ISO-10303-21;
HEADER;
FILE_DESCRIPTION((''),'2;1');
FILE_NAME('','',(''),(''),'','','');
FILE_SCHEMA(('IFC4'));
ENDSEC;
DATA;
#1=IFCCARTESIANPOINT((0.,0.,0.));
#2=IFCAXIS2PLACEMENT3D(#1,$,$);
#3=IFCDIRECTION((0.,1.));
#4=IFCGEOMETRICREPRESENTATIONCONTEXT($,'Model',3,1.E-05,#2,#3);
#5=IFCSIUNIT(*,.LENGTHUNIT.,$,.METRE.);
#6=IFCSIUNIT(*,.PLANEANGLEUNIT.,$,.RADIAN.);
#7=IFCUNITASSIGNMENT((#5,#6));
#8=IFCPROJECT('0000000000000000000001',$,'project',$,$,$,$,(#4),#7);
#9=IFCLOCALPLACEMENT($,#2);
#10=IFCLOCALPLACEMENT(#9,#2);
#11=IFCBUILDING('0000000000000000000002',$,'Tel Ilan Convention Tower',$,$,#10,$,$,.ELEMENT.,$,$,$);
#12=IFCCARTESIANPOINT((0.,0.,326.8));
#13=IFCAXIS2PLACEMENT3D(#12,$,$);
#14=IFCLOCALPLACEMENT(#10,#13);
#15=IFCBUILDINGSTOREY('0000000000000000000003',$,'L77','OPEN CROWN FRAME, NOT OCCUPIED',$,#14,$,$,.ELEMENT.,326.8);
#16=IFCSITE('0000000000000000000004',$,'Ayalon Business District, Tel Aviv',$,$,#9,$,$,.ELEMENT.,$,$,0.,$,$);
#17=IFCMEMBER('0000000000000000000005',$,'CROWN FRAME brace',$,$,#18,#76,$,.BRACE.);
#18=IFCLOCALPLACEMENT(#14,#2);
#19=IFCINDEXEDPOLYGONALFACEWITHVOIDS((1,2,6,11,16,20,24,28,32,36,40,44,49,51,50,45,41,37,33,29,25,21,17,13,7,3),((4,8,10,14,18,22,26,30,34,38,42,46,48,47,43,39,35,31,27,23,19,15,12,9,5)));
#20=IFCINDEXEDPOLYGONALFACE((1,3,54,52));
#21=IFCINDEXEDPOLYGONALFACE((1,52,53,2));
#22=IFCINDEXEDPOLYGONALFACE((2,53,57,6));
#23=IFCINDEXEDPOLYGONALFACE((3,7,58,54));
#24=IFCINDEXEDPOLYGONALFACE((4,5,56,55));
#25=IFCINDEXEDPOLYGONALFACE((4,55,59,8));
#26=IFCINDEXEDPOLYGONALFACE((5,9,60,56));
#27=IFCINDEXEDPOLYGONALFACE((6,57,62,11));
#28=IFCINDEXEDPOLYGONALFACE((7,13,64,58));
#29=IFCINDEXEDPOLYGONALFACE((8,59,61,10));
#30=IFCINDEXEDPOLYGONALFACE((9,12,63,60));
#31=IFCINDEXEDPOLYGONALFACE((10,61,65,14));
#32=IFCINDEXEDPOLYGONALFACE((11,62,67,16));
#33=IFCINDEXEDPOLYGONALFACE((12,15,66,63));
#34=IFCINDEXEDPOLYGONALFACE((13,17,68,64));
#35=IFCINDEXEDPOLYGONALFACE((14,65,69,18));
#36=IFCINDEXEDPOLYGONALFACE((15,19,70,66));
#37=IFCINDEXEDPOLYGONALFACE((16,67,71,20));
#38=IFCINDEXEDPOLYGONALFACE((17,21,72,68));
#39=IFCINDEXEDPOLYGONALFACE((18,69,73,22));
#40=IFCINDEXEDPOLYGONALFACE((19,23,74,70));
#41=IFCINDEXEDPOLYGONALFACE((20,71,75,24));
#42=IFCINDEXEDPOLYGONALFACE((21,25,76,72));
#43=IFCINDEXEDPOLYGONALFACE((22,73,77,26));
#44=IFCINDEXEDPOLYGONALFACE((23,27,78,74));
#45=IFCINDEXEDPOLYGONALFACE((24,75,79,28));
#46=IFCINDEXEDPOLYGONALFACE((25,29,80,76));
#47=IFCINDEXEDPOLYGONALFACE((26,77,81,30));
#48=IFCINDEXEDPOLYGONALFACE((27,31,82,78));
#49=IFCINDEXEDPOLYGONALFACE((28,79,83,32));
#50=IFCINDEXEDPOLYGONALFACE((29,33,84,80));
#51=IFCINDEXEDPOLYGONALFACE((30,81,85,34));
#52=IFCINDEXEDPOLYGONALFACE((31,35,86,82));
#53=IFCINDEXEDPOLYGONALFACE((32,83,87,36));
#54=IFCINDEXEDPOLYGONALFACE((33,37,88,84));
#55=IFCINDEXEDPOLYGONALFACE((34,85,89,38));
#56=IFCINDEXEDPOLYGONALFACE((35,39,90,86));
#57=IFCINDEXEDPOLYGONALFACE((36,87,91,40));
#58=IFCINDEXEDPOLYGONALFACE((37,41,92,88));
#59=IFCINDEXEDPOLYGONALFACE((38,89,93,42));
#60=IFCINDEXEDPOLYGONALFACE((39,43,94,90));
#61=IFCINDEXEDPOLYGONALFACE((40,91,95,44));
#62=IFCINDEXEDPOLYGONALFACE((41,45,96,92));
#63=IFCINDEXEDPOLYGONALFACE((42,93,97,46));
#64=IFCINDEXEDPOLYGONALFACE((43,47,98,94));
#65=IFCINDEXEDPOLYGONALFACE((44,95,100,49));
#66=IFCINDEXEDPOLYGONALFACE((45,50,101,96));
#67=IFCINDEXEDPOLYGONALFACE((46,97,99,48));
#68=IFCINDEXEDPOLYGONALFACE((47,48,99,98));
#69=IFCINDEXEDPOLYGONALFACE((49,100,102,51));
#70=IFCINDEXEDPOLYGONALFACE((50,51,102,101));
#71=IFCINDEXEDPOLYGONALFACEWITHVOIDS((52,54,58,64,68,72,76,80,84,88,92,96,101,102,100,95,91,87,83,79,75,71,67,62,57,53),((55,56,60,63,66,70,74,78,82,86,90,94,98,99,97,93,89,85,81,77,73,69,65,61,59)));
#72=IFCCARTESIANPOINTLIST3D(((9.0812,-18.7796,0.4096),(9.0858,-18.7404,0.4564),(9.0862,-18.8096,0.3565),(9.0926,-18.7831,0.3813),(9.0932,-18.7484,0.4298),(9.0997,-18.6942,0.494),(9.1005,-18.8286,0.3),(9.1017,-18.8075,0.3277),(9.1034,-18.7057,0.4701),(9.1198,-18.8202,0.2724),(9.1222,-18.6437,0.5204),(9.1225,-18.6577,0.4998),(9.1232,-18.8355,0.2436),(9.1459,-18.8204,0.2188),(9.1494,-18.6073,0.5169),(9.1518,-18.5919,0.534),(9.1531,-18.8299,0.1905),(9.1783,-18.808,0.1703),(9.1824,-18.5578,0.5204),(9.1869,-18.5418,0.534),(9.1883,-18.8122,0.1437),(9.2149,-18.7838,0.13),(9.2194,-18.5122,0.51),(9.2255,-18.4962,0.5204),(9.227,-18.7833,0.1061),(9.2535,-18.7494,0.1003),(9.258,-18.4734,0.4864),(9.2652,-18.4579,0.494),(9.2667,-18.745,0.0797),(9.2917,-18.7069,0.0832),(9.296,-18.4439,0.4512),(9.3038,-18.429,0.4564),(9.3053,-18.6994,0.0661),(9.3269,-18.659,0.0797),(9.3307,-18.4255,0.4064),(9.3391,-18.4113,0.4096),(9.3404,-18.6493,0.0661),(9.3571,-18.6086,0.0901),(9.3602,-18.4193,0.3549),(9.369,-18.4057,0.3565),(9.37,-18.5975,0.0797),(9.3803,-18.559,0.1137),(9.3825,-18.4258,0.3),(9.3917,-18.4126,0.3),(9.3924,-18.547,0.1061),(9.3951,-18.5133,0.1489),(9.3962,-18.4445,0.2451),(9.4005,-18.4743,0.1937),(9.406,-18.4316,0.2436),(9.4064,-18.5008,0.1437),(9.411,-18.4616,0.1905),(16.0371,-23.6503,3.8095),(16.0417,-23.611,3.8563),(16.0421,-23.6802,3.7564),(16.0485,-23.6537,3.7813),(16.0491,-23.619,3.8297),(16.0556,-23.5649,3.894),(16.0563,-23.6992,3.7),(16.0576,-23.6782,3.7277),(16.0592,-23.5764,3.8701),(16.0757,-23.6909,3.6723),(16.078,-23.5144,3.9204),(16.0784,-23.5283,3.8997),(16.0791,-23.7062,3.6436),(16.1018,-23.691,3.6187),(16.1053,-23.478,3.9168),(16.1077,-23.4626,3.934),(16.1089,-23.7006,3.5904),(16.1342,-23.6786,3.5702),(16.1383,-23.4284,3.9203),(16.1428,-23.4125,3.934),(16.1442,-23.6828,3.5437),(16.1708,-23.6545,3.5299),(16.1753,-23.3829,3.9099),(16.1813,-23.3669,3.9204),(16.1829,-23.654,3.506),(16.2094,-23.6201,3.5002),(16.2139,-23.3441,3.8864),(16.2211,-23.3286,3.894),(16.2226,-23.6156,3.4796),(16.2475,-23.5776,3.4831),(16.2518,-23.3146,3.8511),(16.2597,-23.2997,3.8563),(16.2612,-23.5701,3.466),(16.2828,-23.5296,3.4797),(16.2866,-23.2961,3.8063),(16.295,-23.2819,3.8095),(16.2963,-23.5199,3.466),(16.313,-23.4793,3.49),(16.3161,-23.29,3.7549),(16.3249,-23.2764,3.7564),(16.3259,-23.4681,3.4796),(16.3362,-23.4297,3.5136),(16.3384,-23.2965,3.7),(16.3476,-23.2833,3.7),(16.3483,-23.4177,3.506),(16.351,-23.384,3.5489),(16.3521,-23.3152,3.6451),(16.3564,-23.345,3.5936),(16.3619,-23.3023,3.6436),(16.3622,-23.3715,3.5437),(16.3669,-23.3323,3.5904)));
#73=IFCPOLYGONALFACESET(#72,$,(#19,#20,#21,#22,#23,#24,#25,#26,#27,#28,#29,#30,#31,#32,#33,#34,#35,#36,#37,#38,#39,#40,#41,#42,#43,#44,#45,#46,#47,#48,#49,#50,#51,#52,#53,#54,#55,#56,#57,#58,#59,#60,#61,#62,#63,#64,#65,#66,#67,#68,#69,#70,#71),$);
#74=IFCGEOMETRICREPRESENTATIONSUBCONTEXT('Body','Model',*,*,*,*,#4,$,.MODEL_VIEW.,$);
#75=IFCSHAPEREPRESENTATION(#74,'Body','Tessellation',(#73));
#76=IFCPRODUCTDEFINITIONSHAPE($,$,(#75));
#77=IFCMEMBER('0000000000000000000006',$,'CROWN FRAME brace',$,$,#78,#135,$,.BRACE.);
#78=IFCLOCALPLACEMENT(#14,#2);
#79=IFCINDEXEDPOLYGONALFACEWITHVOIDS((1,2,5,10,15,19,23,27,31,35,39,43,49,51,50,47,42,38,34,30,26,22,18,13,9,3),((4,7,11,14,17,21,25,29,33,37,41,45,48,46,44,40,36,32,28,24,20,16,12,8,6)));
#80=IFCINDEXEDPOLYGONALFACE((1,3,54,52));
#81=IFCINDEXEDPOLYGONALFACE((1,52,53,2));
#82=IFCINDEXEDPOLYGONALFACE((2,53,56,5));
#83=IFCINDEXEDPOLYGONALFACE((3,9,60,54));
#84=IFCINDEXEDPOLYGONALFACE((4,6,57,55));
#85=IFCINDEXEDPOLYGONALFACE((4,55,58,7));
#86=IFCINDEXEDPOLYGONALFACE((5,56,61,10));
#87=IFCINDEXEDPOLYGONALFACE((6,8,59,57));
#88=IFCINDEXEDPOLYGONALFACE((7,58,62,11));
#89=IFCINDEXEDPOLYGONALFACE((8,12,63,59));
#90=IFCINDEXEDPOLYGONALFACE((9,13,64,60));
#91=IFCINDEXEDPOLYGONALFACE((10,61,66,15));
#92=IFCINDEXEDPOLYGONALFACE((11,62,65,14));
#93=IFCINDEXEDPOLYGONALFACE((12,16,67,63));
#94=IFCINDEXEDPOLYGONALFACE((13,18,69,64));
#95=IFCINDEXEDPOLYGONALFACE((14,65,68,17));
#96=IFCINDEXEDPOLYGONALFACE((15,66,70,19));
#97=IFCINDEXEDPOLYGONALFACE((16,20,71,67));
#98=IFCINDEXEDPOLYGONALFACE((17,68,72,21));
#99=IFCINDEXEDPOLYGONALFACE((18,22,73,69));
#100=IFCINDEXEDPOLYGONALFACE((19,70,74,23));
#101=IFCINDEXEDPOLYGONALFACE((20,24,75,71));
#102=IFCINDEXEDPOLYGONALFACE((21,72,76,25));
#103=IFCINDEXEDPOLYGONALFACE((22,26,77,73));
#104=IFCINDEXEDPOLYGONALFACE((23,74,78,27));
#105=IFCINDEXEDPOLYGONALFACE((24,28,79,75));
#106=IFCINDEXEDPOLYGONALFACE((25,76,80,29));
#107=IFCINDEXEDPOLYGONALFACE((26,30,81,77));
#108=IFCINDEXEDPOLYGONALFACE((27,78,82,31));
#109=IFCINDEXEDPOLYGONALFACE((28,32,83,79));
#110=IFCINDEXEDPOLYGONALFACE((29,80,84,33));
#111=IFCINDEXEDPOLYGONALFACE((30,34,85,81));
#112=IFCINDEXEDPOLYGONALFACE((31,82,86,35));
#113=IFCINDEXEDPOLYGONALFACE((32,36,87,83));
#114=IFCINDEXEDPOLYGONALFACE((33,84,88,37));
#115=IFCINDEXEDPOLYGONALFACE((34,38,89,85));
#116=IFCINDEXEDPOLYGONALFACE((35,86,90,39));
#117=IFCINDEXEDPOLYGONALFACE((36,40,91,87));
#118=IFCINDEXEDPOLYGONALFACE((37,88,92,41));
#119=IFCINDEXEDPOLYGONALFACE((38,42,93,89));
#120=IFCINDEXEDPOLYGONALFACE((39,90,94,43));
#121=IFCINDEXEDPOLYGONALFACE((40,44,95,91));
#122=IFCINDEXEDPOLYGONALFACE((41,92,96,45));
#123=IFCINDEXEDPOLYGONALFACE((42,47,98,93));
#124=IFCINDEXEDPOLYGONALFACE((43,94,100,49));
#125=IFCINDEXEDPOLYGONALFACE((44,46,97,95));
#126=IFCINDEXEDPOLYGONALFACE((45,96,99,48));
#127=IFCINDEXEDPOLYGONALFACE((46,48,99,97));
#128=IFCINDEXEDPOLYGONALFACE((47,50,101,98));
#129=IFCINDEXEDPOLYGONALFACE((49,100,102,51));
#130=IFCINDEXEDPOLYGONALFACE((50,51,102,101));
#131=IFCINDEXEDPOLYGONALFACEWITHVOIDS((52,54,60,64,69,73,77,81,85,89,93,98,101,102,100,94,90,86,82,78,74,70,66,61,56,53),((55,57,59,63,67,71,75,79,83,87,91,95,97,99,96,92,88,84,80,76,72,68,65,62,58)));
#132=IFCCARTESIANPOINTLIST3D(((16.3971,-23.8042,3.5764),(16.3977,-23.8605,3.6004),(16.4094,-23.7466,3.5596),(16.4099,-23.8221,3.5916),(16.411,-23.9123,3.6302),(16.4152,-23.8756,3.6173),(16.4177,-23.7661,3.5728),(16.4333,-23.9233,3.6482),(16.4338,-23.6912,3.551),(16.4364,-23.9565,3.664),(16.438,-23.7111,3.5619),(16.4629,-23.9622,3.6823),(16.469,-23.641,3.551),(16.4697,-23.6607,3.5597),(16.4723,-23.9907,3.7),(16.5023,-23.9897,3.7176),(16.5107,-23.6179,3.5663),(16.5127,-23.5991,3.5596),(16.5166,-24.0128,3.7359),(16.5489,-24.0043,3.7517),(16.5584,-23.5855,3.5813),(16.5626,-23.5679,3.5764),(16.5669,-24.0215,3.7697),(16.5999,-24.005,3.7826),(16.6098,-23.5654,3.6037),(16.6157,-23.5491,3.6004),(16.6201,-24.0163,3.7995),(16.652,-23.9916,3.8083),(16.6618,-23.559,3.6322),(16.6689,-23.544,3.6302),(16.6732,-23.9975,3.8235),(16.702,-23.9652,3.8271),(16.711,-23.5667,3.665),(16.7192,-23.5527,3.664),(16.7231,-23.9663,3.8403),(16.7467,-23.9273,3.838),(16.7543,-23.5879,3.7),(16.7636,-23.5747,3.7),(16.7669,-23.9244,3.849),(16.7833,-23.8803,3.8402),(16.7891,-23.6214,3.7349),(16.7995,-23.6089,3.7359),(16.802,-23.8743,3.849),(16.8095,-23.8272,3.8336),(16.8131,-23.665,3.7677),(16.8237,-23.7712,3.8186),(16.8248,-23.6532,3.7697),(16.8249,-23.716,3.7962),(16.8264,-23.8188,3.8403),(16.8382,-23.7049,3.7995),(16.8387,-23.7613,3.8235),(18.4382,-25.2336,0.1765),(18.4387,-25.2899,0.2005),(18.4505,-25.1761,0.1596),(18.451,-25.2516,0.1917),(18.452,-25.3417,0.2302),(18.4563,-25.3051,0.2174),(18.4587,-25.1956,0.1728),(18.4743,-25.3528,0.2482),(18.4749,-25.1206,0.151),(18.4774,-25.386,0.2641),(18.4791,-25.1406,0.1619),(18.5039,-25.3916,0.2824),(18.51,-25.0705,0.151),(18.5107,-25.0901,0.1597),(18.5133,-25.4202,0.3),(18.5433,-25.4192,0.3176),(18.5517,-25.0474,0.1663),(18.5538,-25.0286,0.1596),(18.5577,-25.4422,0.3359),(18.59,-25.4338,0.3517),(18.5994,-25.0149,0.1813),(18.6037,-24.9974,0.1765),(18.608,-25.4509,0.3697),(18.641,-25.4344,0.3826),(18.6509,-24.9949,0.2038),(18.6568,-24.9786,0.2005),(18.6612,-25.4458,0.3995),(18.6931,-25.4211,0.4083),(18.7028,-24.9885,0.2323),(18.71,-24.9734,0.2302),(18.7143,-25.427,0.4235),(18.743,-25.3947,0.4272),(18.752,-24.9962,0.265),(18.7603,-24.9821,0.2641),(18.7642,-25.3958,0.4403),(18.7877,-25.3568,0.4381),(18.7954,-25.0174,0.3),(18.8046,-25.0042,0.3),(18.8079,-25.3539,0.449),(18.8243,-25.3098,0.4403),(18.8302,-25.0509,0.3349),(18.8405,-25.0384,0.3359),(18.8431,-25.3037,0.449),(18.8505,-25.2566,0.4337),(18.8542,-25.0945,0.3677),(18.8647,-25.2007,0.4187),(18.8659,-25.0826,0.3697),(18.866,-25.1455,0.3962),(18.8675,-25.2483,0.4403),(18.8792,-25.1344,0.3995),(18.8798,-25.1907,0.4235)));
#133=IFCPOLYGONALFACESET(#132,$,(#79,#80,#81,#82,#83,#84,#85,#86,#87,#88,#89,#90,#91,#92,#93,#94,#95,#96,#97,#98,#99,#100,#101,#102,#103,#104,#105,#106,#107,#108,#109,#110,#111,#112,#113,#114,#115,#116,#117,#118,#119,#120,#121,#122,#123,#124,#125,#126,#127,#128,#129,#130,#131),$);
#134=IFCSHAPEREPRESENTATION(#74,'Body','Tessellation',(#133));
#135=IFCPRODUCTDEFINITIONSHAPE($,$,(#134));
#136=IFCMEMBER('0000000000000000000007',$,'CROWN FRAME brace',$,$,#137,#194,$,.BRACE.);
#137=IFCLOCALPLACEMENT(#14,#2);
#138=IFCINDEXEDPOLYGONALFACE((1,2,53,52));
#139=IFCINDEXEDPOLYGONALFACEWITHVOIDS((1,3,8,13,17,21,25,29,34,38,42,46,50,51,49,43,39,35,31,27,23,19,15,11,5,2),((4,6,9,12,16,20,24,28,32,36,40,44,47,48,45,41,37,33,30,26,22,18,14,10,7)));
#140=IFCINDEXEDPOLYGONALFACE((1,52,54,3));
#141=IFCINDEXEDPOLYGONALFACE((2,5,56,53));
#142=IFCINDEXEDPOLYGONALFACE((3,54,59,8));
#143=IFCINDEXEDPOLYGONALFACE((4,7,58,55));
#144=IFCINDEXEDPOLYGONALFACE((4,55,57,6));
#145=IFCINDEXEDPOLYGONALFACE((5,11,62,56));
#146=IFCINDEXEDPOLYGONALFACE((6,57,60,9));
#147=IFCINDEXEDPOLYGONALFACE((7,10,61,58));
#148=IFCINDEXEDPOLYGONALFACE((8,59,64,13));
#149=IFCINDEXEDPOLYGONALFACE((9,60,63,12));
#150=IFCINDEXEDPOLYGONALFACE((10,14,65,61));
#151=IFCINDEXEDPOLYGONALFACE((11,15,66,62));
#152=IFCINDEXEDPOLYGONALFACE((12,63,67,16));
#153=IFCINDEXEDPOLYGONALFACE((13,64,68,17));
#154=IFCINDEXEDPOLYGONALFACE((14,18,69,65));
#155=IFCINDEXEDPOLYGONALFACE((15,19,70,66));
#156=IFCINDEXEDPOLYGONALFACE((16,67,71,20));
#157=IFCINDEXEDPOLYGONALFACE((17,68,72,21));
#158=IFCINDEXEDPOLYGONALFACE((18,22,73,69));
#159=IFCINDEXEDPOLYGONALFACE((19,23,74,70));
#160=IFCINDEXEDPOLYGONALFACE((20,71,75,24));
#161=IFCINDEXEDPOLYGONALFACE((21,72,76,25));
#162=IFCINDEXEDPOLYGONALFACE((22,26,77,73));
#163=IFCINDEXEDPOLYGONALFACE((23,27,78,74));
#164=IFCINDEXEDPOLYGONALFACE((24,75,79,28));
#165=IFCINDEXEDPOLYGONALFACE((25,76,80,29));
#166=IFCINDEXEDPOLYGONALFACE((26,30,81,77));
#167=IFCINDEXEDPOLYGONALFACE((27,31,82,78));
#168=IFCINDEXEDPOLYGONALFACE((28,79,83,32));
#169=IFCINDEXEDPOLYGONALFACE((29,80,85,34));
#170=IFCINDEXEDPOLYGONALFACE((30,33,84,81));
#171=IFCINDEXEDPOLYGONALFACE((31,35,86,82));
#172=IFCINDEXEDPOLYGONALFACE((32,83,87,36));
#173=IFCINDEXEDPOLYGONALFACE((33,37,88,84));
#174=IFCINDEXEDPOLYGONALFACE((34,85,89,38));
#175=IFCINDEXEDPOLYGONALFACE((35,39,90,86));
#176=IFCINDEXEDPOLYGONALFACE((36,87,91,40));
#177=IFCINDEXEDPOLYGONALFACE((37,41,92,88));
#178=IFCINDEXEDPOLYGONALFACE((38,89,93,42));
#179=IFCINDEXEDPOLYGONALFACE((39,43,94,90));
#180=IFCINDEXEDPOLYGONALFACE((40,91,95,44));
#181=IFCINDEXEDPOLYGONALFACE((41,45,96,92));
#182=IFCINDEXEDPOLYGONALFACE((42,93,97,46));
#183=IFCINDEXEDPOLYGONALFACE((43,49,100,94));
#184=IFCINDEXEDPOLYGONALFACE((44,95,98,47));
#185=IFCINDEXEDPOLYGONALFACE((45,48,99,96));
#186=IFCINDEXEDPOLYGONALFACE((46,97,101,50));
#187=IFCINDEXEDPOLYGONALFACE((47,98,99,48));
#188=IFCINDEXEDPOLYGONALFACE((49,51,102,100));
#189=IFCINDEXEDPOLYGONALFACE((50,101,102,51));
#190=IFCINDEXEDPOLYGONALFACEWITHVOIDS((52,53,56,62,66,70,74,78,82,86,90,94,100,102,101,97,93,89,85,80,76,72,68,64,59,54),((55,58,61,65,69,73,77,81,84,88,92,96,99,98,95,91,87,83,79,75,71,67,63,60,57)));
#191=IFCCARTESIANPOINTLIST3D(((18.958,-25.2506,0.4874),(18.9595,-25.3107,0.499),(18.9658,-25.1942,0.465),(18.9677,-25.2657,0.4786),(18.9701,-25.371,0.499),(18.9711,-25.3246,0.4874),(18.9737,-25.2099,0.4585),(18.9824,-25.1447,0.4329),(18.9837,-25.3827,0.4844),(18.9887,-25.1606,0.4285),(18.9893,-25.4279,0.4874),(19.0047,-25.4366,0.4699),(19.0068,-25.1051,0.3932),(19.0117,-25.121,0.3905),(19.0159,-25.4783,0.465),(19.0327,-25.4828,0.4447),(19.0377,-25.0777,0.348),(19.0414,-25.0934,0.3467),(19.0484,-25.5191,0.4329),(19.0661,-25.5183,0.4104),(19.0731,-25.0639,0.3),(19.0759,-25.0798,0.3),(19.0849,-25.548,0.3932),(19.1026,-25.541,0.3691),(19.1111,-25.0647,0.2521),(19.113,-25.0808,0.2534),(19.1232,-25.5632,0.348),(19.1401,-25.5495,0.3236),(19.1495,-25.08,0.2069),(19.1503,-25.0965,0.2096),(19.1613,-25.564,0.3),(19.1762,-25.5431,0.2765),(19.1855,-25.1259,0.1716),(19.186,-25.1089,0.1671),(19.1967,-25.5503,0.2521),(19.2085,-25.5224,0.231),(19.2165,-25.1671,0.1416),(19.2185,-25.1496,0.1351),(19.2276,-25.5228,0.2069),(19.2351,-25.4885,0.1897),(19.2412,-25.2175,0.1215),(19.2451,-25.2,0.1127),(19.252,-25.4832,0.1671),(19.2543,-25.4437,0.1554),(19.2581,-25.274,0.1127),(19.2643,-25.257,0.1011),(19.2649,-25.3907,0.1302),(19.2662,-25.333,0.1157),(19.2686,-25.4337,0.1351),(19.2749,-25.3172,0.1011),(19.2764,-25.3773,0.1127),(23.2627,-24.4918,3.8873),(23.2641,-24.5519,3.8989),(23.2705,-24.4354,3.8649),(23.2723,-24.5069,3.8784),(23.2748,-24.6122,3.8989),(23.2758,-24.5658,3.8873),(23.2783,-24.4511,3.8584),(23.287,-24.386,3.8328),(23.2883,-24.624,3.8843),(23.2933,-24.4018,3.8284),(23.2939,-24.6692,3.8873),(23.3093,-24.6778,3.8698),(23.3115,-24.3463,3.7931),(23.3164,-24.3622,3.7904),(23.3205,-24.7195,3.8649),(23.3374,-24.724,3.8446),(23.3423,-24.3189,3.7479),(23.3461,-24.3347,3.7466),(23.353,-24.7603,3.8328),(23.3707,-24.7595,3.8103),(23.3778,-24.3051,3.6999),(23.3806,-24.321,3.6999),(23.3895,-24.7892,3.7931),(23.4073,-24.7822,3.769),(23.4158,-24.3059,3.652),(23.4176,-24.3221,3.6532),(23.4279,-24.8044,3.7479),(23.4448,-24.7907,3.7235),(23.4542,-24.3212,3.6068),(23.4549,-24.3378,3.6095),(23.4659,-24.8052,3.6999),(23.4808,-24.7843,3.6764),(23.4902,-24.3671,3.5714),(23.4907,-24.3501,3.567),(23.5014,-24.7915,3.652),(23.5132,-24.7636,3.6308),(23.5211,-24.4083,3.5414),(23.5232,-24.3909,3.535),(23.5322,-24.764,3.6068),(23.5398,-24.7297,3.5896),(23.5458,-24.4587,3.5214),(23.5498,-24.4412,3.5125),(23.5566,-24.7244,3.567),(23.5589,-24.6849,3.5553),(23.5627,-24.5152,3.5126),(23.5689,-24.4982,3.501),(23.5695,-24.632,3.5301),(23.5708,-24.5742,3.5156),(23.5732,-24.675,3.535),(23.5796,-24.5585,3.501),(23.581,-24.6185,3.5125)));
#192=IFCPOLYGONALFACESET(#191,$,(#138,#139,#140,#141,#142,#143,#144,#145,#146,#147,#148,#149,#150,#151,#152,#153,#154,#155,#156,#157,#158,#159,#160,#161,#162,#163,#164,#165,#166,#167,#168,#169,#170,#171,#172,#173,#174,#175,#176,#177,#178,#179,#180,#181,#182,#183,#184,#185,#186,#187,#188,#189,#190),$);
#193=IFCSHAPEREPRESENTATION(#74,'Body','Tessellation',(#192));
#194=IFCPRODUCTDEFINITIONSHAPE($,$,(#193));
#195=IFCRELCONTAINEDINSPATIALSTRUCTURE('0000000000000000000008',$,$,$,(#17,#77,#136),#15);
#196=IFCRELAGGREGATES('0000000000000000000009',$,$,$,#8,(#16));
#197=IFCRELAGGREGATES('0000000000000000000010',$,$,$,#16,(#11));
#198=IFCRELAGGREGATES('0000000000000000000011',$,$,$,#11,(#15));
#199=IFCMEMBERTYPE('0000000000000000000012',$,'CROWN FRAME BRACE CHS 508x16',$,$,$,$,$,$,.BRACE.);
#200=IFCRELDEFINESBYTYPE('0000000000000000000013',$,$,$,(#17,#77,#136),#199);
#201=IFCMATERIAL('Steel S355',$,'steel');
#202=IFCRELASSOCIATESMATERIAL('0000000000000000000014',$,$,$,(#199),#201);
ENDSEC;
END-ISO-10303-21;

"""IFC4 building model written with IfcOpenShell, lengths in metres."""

from ifc_helpers import new_model, si_unit, direction, frame, origin, origin_2d, place, context, subcontext, project, spatial, hollow_circle, extrude, material, material_profile, profile_set, type_object, element, save


model = new_model("IFC4")

# Units and contexts
model_context = context("Model", 3, precision=1e-05, world=origin(), true_north=direction((0.0, 1.0)))
body_context = subcontext(model_context, "Body", "Model", "MODEL_VIEW")
ifc_project = project(units=[si_unit("LENGTHUNIT", "METRE"), si_unit("PLANEANGLEUNIT", "RADIAN")], contexts=[model_context])

# Site, building, storey
site_placement = place(None, origin())
site = spatial("IfcSite", under=ifc_project, at=site_placement, Name="Ayalon Business District, Tel Aviv", CompositionType="ELEMENT", RefElevation=0.0)
building_placement = place(site_placement, origin())
building = spatial("IfcBuilding", under=site, at=building_placement, Name="Tel Ilan Convention Tower", CompositionType="ELEMENT")
storey_placement = place(building_placement, frame((0.0, 0.0, 326.8)))
storey = spatial("IfcBuildingStorey", under=building, at=storey_placement, Name="L77", Description="OPEN CROWN FRAME, NOT OCCUPIED", CompositionType="ELEMENT", Elevation=326.8)

# Members
ifc_material_1 = material(Name="Steel S355", Category="steel")
ifc_material_profile_1 = material_profile(ifc_material_1, hollow_circle(Radius=0.2539, WallThickness=0.0161, at=origin_2d()), Name="CHS 508x16")
ifc_profile_set_1 = profile_set([ifc_material_profile_1], Name="Steel S355")
member_type = type_object("IfcMemberType", Name="CROWN FRAME BRACE CHS 508x16", PredefinedType="BRACE", material=ifc_profile_set_1)
member_1_placement = place(storey_placement, frame((9.2461, -18.6206, 0.3), z_axis=(0.760457, -0.532488, 0.371701), x_axis=(0.573584, 0.819147, 0.0)))
element("IfcMember", 1, at=member_1_placement, inside=storey, type_object=member_type, Name="CROWN FRAME brace", PredefinedType="BRACE", context=body_context, shape_type="SweptSolid", body=[
    extrude(hollow_circle(Radius=0.2539, WallThickness=0.0161, at=origin_2d()), origin(), (0.0, 0.0, 1.0), 9.147),
])
member_2_placement = place(storey_placement, frame((16.6179, -23.7827, 3.7), z_axis=(0.484197, -0.339112, -0.806571), x_axis=(0.57366, 0.819094, 0.0)))
element("IfcMember", 2, at=member_2_placement, inside=storey, type_object=member_type, Name="CROWN FRAME brace", PredefinedType="BRACE", context=body_context, shape_type="SweptSolid", body=[
    extrude(hollow_circle(Radius=0.2539, WallThickness=0.0161, at=origin_2d()), origin(), (0.0, 0.0, 1.0), 4.2153),
])
member_3_placement = place(storey_placement, frame((19.1172, -25.314, 0.3), z_axis=(0.777351, 0.137024, 0.613963), x_axis=(-0.173594, 0.984817, 0.0)))
element("IfcMember", 3, at=member_3_placement, inside=storey, type_object=member_type, Name="CROWN FRAME brace", PredefinedType="BRACE", context=body_context, shape_type="SweptSolid", body=[
    extrude(hollow_circle(Radius=0.2539, WallThickness=0.0161, at=origin_2d()), origin(), (0.0, 0.0, 1.0), 5.5376),
])

save(model, "model.ifc")
